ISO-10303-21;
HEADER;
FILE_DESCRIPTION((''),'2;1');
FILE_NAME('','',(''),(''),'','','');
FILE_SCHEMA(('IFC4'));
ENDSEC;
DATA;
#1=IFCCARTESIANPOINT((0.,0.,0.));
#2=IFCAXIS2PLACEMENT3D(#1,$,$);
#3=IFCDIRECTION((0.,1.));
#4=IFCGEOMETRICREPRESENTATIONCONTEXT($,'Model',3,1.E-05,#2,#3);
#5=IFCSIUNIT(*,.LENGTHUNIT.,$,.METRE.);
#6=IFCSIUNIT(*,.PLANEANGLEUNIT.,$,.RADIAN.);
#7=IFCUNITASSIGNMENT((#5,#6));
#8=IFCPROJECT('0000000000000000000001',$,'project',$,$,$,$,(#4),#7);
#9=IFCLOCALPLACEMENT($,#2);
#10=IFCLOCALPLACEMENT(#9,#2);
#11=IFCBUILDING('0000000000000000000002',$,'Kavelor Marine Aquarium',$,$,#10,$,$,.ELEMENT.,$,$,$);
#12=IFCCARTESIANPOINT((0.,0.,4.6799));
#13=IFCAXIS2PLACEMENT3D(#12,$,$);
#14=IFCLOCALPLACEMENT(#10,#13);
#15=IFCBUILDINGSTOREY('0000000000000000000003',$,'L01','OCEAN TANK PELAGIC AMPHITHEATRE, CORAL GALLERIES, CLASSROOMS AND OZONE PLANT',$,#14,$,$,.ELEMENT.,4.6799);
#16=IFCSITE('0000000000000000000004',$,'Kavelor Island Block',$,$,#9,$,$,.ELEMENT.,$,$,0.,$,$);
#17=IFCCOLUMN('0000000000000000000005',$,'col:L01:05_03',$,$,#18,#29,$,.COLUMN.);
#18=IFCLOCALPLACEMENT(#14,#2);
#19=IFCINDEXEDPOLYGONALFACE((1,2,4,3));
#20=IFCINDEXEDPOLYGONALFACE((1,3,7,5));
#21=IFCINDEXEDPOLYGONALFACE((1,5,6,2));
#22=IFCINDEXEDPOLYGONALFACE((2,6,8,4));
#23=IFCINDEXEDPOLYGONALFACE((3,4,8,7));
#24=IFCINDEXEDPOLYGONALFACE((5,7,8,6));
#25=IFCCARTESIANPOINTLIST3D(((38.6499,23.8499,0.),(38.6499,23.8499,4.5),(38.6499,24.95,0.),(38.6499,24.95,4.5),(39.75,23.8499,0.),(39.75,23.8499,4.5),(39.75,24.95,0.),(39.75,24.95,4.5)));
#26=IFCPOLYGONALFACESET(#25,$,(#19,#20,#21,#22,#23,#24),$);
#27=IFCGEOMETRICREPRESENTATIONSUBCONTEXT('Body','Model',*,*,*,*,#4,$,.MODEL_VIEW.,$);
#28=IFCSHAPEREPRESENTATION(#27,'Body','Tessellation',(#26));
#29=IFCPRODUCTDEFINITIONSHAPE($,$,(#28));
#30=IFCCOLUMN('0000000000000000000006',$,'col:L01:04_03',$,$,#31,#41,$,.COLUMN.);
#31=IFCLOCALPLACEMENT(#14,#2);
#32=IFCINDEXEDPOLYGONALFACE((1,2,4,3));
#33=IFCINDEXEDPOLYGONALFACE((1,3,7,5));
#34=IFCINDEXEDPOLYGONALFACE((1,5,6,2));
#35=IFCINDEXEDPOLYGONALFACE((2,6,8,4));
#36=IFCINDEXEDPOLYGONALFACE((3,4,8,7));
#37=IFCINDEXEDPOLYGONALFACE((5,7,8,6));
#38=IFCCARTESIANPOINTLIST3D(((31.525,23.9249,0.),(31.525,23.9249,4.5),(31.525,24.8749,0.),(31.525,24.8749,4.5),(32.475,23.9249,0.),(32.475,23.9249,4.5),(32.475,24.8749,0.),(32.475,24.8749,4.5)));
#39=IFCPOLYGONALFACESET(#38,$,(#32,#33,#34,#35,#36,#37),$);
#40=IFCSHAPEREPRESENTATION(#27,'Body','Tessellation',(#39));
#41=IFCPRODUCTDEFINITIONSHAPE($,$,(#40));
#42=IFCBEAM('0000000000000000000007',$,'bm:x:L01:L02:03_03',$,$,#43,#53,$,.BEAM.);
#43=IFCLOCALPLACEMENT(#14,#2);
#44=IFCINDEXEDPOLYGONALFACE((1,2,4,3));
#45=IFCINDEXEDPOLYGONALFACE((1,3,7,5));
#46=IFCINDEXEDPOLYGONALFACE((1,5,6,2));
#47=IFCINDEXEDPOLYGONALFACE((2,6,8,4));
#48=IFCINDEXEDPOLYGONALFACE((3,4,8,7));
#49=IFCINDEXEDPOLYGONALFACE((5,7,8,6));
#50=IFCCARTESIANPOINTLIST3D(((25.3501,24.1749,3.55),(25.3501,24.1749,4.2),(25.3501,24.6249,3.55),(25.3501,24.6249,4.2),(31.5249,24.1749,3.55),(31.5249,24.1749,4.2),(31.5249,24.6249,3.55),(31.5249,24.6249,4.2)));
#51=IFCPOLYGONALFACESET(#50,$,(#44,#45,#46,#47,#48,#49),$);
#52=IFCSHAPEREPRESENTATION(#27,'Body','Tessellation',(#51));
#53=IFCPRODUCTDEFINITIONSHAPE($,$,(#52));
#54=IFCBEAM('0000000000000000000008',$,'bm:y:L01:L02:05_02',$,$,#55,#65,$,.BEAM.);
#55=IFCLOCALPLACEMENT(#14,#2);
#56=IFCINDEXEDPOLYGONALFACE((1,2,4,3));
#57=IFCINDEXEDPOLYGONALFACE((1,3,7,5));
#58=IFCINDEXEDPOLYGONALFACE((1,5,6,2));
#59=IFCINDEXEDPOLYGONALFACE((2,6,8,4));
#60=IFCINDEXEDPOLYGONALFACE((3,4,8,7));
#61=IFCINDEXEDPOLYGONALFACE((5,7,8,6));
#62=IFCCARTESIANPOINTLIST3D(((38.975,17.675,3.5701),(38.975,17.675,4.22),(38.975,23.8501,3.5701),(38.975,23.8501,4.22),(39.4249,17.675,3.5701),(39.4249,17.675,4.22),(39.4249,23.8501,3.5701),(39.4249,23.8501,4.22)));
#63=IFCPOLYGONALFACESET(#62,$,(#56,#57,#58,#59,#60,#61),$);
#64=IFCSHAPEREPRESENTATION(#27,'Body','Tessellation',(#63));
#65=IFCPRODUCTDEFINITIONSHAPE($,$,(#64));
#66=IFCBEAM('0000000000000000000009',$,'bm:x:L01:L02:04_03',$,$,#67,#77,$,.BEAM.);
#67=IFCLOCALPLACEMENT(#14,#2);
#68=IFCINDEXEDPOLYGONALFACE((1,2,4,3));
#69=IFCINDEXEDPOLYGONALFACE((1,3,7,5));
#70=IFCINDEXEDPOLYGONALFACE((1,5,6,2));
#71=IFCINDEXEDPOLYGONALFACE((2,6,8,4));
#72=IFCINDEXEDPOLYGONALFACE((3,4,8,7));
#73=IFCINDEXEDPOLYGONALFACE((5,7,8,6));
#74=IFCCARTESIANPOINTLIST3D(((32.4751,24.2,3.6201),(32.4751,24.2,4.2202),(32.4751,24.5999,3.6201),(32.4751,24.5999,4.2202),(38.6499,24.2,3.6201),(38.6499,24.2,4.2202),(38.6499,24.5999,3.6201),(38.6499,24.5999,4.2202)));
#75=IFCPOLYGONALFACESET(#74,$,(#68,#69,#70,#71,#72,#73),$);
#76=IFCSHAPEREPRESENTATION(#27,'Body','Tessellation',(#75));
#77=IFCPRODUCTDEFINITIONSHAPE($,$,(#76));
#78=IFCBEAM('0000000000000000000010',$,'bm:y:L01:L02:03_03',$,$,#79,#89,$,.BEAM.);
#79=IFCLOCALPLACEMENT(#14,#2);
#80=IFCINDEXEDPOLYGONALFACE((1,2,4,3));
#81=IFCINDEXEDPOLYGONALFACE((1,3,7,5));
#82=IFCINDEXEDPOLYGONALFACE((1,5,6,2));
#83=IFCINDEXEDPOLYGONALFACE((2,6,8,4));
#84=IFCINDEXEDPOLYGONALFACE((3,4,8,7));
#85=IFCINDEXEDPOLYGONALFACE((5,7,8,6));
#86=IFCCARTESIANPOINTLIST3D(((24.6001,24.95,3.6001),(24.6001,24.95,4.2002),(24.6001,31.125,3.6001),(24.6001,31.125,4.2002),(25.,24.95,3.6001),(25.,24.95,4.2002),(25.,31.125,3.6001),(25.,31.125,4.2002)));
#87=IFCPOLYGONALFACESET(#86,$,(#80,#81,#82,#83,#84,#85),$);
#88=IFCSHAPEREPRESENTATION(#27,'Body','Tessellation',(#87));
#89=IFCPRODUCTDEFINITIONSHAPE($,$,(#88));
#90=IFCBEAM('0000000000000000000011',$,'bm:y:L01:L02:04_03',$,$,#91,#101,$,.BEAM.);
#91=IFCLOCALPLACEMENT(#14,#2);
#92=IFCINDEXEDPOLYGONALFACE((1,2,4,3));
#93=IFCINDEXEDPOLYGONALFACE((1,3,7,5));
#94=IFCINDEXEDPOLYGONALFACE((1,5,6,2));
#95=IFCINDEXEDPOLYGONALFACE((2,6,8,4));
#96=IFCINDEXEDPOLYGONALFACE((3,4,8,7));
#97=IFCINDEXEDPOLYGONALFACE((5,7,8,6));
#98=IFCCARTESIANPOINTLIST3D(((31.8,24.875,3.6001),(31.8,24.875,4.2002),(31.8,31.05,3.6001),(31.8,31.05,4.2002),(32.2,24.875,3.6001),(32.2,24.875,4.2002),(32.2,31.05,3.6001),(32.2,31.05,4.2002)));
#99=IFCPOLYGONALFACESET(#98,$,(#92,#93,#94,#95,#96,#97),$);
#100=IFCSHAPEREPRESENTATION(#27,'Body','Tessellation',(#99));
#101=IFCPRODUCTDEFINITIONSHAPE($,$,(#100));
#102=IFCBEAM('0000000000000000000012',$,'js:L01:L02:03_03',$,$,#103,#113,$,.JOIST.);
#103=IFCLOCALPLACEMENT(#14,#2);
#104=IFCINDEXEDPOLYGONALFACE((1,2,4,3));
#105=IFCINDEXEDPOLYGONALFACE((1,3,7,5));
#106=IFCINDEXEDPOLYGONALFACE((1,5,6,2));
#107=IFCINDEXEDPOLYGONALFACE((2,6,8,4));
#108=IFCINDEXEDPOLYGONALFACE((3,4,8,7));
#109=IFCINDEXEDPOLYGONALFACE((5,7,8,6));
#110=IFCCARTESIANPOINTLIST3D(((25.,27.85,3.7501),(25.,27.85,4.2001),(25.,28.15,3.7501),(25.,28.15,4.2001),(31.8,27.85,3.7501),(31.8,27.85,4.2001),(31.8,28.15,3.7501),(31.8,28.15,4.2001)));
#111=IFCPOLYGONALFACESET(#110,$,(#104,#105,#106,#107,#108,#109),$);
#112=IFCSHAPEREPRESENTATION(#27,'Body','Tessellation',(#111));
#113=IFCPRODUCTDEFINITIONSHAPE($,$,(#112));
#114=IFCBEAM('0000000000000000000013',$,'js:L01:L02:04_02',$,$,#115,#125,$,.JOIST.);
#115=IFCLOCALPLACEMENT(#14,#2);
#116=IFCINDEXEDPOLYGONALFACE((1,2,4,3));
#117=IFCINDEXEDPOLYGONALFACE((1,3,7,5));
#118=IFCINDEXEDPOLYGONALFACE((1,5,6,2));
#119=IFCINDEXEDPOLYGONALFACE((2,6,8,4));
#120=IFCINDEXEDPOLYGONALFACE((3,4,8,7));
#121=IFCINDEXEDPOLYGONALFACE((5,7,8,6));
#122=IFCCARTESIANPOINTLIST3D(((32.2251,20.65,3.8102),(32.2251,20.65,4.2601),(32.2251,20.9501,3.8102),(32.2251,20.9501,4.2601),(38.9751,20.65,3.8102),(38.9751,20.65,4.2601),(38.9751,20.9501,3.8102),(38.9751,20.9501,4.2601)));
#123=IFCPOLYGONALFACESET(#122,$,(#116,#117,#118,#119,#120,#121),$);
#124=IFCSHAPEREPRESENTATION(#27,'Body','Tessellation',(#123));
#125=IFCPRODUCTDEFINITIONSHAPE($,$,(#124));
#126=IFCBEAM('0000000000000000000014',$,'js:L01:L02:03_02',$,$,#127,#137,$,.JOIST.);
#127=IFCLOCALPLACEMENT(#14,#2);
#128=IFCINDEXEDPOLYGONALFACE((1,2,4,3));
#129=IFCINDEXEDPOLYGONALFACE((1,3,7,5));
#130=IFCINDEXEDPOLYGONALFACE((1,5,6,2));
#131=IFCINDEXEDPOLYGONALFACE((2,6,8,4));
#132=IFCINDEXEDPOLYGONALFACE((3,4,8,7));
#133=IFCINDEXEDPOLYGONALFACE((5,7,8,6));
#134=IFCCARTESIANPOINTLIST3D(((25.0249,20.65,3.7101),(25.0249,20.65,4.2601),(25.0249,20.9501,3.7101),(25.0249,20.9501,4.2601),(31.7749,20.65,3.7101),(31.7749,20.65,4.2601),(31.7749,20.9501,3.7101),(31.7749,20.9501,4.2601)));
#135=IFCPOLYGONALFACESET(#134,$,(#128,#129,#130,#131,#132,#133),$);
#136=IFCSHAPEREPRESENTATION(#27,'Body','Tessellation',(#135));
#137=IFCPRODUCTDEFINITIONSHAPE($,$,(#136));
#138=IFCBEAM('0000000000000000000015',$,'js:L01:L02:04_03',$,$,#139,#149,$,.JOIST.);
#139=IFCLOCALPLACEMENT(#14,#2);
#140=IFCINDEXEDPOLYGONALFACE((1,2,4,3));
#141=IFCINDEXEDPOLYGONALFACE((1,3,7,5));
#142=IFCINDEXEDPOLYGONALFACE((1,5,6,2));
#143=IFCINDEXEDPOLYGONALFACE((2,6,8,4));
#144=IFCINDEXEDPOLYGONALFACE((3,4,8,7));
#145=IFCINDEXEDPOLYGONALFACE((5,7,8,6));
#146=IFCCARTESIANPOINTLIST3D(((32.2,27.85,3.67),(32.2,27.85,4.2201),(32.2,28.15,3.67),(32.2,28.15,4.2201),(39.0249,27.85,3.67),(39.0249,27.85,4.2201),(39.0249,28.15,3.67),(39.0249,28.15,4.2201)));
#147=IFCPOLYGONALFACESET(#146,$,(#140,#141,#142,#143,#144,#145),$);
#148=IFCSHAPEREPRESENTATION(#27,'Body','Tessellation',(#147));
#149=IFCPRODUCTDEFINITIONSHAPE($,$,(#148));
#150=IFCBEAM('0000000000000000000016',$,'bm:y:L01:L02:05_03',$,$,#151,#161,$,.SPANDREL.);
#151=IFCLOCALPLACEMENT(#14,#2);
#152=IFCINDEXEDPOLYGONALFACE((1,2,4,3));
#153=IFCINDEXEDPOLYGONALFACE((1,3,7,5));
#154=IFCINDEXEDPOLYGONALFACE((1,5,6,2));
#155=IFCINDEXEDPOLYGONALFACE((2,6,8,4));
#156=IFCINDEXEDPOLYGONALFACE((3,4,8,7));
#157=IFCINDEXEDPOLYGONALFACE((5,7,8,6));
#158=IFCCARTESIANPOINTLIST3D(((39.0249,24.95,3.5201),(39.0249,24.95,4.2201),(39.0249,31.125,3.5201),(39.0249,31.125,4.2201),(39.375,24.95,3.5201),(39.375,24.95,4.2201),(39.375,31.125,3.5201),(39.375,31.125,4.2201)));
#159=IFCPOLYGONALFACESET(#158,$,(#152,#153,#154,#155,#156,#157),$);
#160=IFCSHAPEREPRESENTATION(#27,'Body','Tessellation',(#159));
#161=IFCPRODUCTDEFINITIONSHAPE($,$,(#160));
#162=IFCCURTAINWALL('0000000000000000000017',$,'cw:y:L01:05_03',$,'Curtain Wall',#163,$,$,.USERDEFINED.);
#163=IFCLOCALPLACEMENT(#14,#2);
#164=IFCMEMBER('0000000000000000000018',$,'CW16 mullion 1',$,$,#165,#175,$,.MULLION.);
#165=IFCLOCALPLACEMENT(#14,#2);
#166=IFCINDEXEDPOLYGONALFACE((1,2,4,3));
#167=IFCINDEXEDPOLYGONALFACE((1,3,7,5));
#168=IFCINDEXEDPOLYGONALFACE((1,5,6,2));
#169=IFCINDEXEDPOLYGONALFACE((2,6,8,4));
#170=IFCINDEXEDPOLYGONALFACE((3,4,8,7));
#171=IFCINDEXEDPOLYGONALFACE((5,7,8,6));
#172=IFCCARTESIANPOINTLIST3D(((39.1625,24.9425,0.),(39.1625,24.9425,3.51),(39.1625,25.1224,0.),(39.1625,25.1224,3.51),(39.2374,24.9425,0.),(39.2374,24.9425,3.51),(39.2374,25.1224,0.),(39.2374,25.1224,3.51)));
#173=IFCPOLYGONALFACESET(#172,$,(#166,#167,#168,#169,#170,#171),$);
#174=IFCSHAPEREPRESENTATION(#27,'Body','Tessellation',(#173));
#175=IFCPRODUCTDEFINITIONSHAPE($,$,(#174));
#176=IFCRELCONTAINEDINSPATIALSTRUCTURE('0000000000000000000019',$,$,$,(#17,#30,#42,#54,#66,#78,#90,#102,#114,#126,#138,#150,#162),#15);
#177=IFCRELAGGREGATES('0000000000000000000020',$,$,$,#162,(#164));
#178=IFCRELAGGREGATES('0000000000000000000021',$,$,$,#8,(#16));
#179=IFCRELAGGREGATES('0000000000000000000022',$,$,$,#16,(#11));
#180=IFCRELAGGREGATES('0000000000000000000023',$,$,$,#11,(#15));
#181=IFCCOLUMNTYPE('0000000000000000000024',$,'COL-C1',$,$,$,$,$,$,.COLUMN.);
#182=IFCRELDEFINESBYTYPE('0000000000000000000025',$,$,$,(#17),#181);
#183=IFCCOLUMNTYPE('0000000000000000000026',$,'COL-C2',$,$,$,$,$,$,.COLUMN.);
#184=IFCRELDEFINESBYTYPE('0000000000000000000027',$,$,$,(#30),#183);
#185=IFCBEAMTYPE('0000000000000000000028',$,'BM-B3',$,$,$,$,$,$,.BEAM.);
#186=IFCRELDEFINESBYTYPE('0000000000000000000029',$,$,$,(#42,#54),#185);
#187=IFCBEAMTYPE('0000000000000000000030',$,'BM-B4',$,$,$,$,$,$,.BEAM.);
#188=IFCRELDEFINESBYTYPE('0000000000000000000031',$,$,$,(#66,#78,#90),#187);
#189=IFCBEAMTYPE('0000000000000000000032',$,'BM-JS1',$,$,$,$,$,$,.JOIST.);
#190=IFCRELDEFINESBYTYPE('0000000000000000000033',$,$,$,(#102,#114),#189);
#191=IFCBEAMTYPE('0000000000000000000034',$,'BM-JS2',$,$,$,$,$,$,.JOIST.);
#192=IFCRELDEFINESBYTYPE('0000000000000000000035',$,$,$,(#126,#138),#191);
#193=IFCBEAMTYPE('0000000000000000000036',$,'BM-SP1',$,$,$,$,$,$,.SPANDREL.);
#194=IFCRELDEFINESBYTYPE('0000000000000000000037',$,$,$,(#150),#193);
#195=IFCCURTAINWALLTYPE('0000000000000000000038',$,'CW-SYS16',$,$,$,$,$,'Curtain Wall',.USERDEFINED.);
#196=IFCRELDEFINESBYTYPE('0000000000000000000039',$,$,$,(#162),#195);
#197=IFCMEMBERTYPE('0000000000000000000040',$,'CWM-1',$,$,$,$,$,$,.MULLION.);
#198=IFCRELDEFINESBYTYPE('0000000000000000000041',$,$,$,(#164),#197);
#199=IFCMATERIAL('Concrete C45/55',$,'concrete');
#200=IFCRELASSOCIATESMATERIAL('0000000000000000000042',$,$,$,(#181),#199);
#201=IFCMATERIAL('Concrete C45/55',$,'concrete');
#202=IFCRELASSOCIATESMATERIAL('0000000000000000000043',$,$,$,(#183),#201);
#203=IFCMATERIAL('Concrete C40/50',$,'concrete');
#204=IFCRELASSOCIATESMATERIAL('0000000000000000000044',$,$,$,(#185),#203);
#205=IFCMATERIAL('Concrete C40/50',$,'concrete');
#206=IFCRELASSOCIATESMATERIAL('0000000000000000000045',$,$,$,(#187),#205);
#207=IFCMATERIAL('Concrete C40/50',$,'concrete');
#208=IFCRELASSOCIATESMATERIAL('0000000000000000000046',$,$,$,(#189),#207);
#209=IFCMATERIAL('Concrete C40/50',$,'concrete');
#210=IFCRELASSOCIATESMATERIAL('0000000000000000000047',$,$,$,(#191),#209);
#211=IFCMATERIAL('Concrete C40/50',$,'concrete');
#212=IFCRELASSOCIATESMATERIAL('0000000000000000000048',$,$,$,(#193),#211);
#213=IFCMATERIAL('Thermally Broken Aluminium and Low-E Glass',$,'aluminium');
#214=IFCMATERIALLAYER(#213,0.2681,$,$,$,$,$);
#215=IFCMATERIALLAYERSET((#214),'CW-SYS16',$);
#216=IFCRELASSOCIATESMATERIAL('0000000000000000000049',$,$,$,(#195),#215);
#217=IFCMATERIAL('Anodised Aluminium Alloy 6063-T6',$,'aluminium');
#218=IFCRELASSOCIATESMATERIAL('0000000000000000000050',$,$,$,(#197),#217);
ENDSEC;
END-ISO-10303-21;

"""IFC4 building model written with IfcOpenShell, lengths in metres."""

from ifc_helpers import new_model, si_unit, direction, frame, origin, origin_2d, place, context, subcontext, project, spatial, rectangle, extrude, material, layer, layer_set, material_profile, profile_set, type_object, element, aggregate, save


model = new_model("IFC4")

# Units and contexts
model_context = context("Model", 3, precision=1e-05, world=origin(), true_north=direction((0.0, 1.0)))
body_context = subcontext(model_context, "Body", "Model", "MODEL_VIEW")
ifc_project = project(units=[si_unit("LENGTHUNIT", "METRE"), si_unit("PLANEANGLEUNIT", "RADIAN")], contexts=[model_context])

# Site, building, storey
site_placement = place(None, origin())
site = spatial("IfcSite", under=ifc_project, at=site_placement, Name="Kavelor Island Block", CompositionType="ELEMENT", RefElevation=0.0)
building_placement = place(site_placement, origin())
building = spatial("IfcBuilding", under=site, at=building_placement, Name="Kavelor Marine Aquarium", CompositionType="ELEMENT")
storey_placement = place(building_placement, frame((0.0, 0.0, 4.6799)))
storey = spatial("IfcBuildingStorey", under=building, at=storey_placement, Name="L01", Description="OCEAN TANK PELAGIC AMPHITHEATRE, CORAL GALLERIES, CLASSROOMS AND OZONE PLANT", CompositionType="ELEMENT", Elevation=4.6799)

# Columns
ifc_material_1 = material(Name="Concrete C45/55", Category="concrete")
ifc_material_profile_1 = material_profile(ifc_material_1, rectangle(XDim=1.1001, YDim=1.1001, at=origin_2d()), Name="RC-COL 1100x1100")
ifc_profile_set_1 = profile_set([ifc_material_profile_1], Name="Concrete C45/55")
column_type_1 = type_object("IfcColumnType", Name="COL-C1", PredefinedType="COLUMN", material=ifc_profile_set_1)
column_1_placement = place(storey_placement, frame((39.2, 24.3999, 0.0), z_axis=(0.0, 0.0, 1.0), x_axis=(1.0, 0.0, 0.0)))
element("IfcColumn", 1, at=column_1_placement, inside=storey, type_object=column_type_1, Name="col:L01:05_03", PredefinedType="COLUMN", context=body_context, shape_type="SweptSolid", body=[
    extrude(rectangle(XDim=1.1001, YDim=1.1001, at=origin_2d()), origin(), (0.0, 0.0, 1.0), 4.5),
])
ifc_material_2 = material(Name="Concrete C45/55", Category="concrete")
ifc_material_profile_2 = material_profile(ifc_material_2, rectangle(XDim=0.95, YDim=0.95, at=origin_2d()), Name="RC-COL 950x950")
ifc_profile_set_2 = profile_set([ifc_material_profile_2], Name="Concrete C45/55")
column_type_2 = type_object("IfcColumnType", Name="COL-C2", PredefinedType="COLUMN", material=ifc_profile_set_2)
column_2_placement = place(storey_placement, frame((32.0, 24.3999, 0.0), z_axis=(0.0, 0.0, 1.0), x_axis=(1.0, 0.0, 0.0)))
element("IfcColumn", 2, at=column_2_placement, inside=storey, type_object=column_type_2, Name="col:L01:04_03", PredefinedType="COLUMN", context=body_context, shape_type="SweptSolid", body=[
    extrude(rectangle(XDim=0.95, YDim=0.95, at=origin_2d()), origin(), (0.0, 0.0, 1.0), 4.5),
])

# Beams
ifc_material_3 = material(Name="Concrete C40/50", Category="concrete")
ifc_material_profile_3 = material_profile(ifc_material_3, rectangle(XDim=0.45, YDim=0.6499, at=origin_2d()), Name="RC-BM 450x650")
ifc_profile_set_3 = profile_set([ifc_material_profile_3], Name="Concrete C40/50")
beam_type_1 = type_object("IfcBeamType", Name="BM-B3", PredefinedType="BEAM", material=ifc_profile_set_3)
beam_1_placement = place(storey_placement, frame((25.3501, 24.3999, 3.875), z_axis=(1.0, 0.0, 0.0), x_axis=(0.0, 1.0, 0.0)))
element("IfcBeam", 3, at=beam_1_placement, inside=storey, type_object=beam_type_1, Name="bm:x:L01:L02:03_03", PredefinedType="BEAM", context=body_context, shape_type="SweptSolid", body=[
    extrude(rectangle(XDim=0.45, YDim=0.6499, at=origin_2d()), origin(), (0.0, 0.0, 1.0), 6.1748),
])
beam_2_placement = place(storey_placement, frame((39.2, 17.675, 3.895), z_axis=(0.0, 1.0, 0.0), x_axis=(-1.0, 0.0, 0.0)))
element("IfcBeam", 4, at=beam_2_placement, inside=storey, type_object=beam_type_1, Name="bm:y:L01:L02:05_02", PredefinedType="BEAM", context=body_context, shape_type="SweptSolid", body=[
    extrude(rectangle(XDim=0.45, YDim=0.6499, at=origin_2d()), origin(), (0.0, 0.0, 1.0), 6.175),
])
ifc_material_4 = material(Name="Concrete C40/50", Category="concrete")
ifc_material_profile_4 = material_profile(ifc_material_4, rectangle(XDim=0.3999, YDim=0.6001, at=origin_2d()), Name="RC-BM 400x600")
ifc_profile_set_4 = profile_set([ifc_material_profile_4], Name="Concrete C40/50")
beam_type_2 = type_object("IfcBeamType", Name="BM-B4", PredefinedType="BEAM", material=ifc_profile_set_4)
beam_3_placement = place(storey_placement, frame((32.4751, 24.3999, 3.9202), z_axis=(1.0, 0.0, 0.0), x_axis=(0.0, 1.0, 0.0)))
element("IfcBeam", 5, at=beam_3_placement, inside=storey, type_object=beam_type_2, Name="bm:x:L01:L02:04_03", PredefinedType="BEAM", context=body_context, shape_type="SweptSolid", body=[
    extrude(rectangle(XDim=0.3999, YDim=0.6001, at=origin_2d()), origin(), (0.0, 0.0, 1.0), 6.1748),
])
for number, where, z_axis, x_axis, name in (
    (6, (24.8, 24.95, 3.9001), (0.0, 1.0, 0.0), (-1.0, 0.0, 0.0), "bm:y:L01:L02:03_03"),
    (7, (32.0, 24.875, 3.9001), (0.0, 1.0, 0.0), (-1.0, 0.0, 0.0), "bm:y:L01:L02:04_03"),
):
    element("IfcBeam", number, at=place(storey_placement, frame(where, z_axis=z_axis, x_axis=x_axis)), inside=storey, type_object=beam_type_2, Name=name, PredefinedType="BEAM", context=body_context, shape_type="SweptSolid", body=[
        extrude(rectangle(XDim=0.3999, YDim=0.6001, at=origin_2d()), origin(), (0.0, 0.0, 1.0), 6.175),
    ])
ifc_material_5 = material(Name="Concrete C40/50", Category="concrete")
ifc_material_profile_5 = material_profile(ifc_material_5, rectangle(XDim=0.3, YDim=0.45, at=origin_2d()), Name="RC-JS 300x450")
ifc_profile_set_5 = profile_set([ifc_material_profile_5], Name="Concrete C40/50")
beam_type_3 = type_object("IfcBeamType", Name="BM-JS1", PredefinedType="JOIST", material=ifc_profile_set_5)
beam_4_placement = place(storey_placement, frame((25.0, 28.0, 3.9751), z_axis=(1.0, 0.0, 0.0), x_axis=(0.0, 1.0, 0.0)))
element("IfcBeam", 8, at=beam_4_placement, inside=storey, type_object=beam_type_3, Name="js:L01:L02:03_03", PredefinedType="JOIST", context=body_context, shape_type="SweptSolid", body=[
    extrude(rectangle(XDim=0.3, YDim=0.45, at=origin_2d()), origin(), (0.0, 0.0, 1.0), 6.8),
])
beam_5_placement = place(storey_placement, frame((32.2251, 20.8, 4.0352), z_axis=(1.0, 0.0, 0.0), x_axis=(0.0, 1.0, 0.0)))
element("IfcBeam", 9, at=beam_5_placement, inside=storey, type_object=beam_type_3, Name="js:L01:L02:04_02", PredefinedType="JOIST", context=body_context, shape_type="SweptSolid", body=[
    extrude(rectangle(XDim=0.3, YDim=0.45, at=origin_2d()), origin(), (0.0, 0.0, 1.0), 6.75),
])
ifc_material_6 = material(Name="Concrete C40/50", Category="concrete")
ifc_material_profile_6 = material_profile(ifc_material_6, rectangle(XDim=0.3, YDim=0.55, at=origin_2d()), Name="RC-JS 300x550")
ifc_profile_set_6 = profile_set([ifc_material_profile_6], Name="Concrete C40/50")
beam_type_4 = type_object("IfcBeamType", Name="BM-JS2", PredefinedType="JOIST", material=ifc_profile_set_6)
beam_6_placement = place(storey_placement, frame((25.0249, 20.8, 3.9851), z_axis=(1.0, 0.0, 0.0), x_axis=(0.0, 1.0, 0.0)))
element("IfcBeam", 10, at=beam_6_placement, inside=storey, type_object=beam_type_4, Name="js:L01:L02:03_02", PredefinedType="JOIST", context=body_context, shape_type="SweptSolid", body=[
    extrude(rectangle(XDim=0.3, YDim=0.55, at=origin_2d()), origin(), (0.0, 0.0, 1.0), 6.75),
])
beam_7_placement = place(storey_placement, frame((32.2, 28.0, 3.9451), z_axis=(1.0, 0.0, 0.0), x_axis=(0.0, 1.0, 0.0)))
element("IfcBeam", 11, at=beam_7_placement, inside=storey, type_object=beam_type_4, Name="js:L01:L02:04_03", PredefinedType="JOIST", context=body_context, shape_type="SweptSolid", body=[
    extrude(rectangle(XDim=0.3, YDim=0.55, at=origin_2d()), origin(), (0.0, 0.0, 1.0), 6.825),
])
ifc_material_7 = material(Name="Concrete C40/50", Category="concrete")
ifc_material_profile_7 = material_profile(ifc_material_7, rectangle(XDim=0.3501, YDim=0.7, at=origin_2d()), Name="RC-SP 350x700")
ifc_profile_set_7 = profile_set([ifc_material_profile_7], Name="Concrete C40/50")
beam_type_5 = type_object("IfcBeamType", Name="BM-SP1", PredefinedType="SPANDREL", material=ifc_profile_set_7)
beam_8_placement = place(storey_placement, frame((39.2, 24.95, 3.8701), z_axis=(0.0, 1.0, 0.0), x_axis=(-1.0, 0.0, 0.0)))
element("IfcBeam", 12, at=beam_8_placement, inside=storey, type_object=beam_type_5, Name="bm:y:L01:L02:05_03", PredefinedType="SPANDREL", context=body_context, shape_type="SweptSolid", body=[
    extrude(rectangle(XDim=0.3501, YDim=0.7, at=origin_2d()), origin(), (0.0, 0.0, 1.0), 6.175),
])

# Curtain wall, member
ifc_material_8 = material(Name="Thermally Broken Aluminium and Low-E Glass", Category="aluminium")
ifc_layer_1 = layer(ifc_material_8, 0.2681)
ifc_layer_set_1 = layer_set([ifc_layer_1], Name="CW-SYS16")
curtain_wall_type = type_object("IfcCurtainWallType", Name="CW-SYS16", ElementType="Curtain Wall", PredefinedType="USERDEFINED", material=ifc_layer_set_1)
curtain_wall_placement = place(storey_placement, origin())
curtain_wall = element("IfcCurtainWall", 13, at=curtain_wall_placement, inside=storey, type_object=curtain_wall_type, Name="cw:y:L01:05_03", ObjectType="Curtain Wall", PredefinedType="USERDEFINED")
ifc_material_9 = material(Name="Anodised Aluminium Alloy 6063-T6", Category="aluminium")
ifc_material_profile_8 = material_profile(ifc_material_9, rectangle(XDim=0.075, YDim=0.1799, at=origin_2d()), Name="CW-MUL 75x180")
ifc_profile_set_8 = profile_set([ifc_material_profile_8], Name="Anodised Aluminium Alloy 6063-T6")
member_type_1 = type_object("IfcMemberType", Name="CWM-1", PredefinedType="MULLION", material=ifc_profile_set_8)
member_1_placement = place(storey_placement, frame((39.2, 25.0325, 0.0), z_axis=(0.0, 0.0, 1.0), x_axis=(-1.0, 0.0, 0.0)))
member_1 = element("IfcMember", 14, at=member_1_placement, type_object=member_type_1, Name="CW16 mullion 1", PredefinedType="MULLION", context=body_context, shape_type="SweptSolid", body=[
    extrude(rectangle(XDim=0.075, YDim=0.1799, at=origin_2d()), origin(), (0.0, 0.0, 1.0), 3.51),
])
aggregate(curtain_wall, [member_1])

save(model, "model.ifc")
